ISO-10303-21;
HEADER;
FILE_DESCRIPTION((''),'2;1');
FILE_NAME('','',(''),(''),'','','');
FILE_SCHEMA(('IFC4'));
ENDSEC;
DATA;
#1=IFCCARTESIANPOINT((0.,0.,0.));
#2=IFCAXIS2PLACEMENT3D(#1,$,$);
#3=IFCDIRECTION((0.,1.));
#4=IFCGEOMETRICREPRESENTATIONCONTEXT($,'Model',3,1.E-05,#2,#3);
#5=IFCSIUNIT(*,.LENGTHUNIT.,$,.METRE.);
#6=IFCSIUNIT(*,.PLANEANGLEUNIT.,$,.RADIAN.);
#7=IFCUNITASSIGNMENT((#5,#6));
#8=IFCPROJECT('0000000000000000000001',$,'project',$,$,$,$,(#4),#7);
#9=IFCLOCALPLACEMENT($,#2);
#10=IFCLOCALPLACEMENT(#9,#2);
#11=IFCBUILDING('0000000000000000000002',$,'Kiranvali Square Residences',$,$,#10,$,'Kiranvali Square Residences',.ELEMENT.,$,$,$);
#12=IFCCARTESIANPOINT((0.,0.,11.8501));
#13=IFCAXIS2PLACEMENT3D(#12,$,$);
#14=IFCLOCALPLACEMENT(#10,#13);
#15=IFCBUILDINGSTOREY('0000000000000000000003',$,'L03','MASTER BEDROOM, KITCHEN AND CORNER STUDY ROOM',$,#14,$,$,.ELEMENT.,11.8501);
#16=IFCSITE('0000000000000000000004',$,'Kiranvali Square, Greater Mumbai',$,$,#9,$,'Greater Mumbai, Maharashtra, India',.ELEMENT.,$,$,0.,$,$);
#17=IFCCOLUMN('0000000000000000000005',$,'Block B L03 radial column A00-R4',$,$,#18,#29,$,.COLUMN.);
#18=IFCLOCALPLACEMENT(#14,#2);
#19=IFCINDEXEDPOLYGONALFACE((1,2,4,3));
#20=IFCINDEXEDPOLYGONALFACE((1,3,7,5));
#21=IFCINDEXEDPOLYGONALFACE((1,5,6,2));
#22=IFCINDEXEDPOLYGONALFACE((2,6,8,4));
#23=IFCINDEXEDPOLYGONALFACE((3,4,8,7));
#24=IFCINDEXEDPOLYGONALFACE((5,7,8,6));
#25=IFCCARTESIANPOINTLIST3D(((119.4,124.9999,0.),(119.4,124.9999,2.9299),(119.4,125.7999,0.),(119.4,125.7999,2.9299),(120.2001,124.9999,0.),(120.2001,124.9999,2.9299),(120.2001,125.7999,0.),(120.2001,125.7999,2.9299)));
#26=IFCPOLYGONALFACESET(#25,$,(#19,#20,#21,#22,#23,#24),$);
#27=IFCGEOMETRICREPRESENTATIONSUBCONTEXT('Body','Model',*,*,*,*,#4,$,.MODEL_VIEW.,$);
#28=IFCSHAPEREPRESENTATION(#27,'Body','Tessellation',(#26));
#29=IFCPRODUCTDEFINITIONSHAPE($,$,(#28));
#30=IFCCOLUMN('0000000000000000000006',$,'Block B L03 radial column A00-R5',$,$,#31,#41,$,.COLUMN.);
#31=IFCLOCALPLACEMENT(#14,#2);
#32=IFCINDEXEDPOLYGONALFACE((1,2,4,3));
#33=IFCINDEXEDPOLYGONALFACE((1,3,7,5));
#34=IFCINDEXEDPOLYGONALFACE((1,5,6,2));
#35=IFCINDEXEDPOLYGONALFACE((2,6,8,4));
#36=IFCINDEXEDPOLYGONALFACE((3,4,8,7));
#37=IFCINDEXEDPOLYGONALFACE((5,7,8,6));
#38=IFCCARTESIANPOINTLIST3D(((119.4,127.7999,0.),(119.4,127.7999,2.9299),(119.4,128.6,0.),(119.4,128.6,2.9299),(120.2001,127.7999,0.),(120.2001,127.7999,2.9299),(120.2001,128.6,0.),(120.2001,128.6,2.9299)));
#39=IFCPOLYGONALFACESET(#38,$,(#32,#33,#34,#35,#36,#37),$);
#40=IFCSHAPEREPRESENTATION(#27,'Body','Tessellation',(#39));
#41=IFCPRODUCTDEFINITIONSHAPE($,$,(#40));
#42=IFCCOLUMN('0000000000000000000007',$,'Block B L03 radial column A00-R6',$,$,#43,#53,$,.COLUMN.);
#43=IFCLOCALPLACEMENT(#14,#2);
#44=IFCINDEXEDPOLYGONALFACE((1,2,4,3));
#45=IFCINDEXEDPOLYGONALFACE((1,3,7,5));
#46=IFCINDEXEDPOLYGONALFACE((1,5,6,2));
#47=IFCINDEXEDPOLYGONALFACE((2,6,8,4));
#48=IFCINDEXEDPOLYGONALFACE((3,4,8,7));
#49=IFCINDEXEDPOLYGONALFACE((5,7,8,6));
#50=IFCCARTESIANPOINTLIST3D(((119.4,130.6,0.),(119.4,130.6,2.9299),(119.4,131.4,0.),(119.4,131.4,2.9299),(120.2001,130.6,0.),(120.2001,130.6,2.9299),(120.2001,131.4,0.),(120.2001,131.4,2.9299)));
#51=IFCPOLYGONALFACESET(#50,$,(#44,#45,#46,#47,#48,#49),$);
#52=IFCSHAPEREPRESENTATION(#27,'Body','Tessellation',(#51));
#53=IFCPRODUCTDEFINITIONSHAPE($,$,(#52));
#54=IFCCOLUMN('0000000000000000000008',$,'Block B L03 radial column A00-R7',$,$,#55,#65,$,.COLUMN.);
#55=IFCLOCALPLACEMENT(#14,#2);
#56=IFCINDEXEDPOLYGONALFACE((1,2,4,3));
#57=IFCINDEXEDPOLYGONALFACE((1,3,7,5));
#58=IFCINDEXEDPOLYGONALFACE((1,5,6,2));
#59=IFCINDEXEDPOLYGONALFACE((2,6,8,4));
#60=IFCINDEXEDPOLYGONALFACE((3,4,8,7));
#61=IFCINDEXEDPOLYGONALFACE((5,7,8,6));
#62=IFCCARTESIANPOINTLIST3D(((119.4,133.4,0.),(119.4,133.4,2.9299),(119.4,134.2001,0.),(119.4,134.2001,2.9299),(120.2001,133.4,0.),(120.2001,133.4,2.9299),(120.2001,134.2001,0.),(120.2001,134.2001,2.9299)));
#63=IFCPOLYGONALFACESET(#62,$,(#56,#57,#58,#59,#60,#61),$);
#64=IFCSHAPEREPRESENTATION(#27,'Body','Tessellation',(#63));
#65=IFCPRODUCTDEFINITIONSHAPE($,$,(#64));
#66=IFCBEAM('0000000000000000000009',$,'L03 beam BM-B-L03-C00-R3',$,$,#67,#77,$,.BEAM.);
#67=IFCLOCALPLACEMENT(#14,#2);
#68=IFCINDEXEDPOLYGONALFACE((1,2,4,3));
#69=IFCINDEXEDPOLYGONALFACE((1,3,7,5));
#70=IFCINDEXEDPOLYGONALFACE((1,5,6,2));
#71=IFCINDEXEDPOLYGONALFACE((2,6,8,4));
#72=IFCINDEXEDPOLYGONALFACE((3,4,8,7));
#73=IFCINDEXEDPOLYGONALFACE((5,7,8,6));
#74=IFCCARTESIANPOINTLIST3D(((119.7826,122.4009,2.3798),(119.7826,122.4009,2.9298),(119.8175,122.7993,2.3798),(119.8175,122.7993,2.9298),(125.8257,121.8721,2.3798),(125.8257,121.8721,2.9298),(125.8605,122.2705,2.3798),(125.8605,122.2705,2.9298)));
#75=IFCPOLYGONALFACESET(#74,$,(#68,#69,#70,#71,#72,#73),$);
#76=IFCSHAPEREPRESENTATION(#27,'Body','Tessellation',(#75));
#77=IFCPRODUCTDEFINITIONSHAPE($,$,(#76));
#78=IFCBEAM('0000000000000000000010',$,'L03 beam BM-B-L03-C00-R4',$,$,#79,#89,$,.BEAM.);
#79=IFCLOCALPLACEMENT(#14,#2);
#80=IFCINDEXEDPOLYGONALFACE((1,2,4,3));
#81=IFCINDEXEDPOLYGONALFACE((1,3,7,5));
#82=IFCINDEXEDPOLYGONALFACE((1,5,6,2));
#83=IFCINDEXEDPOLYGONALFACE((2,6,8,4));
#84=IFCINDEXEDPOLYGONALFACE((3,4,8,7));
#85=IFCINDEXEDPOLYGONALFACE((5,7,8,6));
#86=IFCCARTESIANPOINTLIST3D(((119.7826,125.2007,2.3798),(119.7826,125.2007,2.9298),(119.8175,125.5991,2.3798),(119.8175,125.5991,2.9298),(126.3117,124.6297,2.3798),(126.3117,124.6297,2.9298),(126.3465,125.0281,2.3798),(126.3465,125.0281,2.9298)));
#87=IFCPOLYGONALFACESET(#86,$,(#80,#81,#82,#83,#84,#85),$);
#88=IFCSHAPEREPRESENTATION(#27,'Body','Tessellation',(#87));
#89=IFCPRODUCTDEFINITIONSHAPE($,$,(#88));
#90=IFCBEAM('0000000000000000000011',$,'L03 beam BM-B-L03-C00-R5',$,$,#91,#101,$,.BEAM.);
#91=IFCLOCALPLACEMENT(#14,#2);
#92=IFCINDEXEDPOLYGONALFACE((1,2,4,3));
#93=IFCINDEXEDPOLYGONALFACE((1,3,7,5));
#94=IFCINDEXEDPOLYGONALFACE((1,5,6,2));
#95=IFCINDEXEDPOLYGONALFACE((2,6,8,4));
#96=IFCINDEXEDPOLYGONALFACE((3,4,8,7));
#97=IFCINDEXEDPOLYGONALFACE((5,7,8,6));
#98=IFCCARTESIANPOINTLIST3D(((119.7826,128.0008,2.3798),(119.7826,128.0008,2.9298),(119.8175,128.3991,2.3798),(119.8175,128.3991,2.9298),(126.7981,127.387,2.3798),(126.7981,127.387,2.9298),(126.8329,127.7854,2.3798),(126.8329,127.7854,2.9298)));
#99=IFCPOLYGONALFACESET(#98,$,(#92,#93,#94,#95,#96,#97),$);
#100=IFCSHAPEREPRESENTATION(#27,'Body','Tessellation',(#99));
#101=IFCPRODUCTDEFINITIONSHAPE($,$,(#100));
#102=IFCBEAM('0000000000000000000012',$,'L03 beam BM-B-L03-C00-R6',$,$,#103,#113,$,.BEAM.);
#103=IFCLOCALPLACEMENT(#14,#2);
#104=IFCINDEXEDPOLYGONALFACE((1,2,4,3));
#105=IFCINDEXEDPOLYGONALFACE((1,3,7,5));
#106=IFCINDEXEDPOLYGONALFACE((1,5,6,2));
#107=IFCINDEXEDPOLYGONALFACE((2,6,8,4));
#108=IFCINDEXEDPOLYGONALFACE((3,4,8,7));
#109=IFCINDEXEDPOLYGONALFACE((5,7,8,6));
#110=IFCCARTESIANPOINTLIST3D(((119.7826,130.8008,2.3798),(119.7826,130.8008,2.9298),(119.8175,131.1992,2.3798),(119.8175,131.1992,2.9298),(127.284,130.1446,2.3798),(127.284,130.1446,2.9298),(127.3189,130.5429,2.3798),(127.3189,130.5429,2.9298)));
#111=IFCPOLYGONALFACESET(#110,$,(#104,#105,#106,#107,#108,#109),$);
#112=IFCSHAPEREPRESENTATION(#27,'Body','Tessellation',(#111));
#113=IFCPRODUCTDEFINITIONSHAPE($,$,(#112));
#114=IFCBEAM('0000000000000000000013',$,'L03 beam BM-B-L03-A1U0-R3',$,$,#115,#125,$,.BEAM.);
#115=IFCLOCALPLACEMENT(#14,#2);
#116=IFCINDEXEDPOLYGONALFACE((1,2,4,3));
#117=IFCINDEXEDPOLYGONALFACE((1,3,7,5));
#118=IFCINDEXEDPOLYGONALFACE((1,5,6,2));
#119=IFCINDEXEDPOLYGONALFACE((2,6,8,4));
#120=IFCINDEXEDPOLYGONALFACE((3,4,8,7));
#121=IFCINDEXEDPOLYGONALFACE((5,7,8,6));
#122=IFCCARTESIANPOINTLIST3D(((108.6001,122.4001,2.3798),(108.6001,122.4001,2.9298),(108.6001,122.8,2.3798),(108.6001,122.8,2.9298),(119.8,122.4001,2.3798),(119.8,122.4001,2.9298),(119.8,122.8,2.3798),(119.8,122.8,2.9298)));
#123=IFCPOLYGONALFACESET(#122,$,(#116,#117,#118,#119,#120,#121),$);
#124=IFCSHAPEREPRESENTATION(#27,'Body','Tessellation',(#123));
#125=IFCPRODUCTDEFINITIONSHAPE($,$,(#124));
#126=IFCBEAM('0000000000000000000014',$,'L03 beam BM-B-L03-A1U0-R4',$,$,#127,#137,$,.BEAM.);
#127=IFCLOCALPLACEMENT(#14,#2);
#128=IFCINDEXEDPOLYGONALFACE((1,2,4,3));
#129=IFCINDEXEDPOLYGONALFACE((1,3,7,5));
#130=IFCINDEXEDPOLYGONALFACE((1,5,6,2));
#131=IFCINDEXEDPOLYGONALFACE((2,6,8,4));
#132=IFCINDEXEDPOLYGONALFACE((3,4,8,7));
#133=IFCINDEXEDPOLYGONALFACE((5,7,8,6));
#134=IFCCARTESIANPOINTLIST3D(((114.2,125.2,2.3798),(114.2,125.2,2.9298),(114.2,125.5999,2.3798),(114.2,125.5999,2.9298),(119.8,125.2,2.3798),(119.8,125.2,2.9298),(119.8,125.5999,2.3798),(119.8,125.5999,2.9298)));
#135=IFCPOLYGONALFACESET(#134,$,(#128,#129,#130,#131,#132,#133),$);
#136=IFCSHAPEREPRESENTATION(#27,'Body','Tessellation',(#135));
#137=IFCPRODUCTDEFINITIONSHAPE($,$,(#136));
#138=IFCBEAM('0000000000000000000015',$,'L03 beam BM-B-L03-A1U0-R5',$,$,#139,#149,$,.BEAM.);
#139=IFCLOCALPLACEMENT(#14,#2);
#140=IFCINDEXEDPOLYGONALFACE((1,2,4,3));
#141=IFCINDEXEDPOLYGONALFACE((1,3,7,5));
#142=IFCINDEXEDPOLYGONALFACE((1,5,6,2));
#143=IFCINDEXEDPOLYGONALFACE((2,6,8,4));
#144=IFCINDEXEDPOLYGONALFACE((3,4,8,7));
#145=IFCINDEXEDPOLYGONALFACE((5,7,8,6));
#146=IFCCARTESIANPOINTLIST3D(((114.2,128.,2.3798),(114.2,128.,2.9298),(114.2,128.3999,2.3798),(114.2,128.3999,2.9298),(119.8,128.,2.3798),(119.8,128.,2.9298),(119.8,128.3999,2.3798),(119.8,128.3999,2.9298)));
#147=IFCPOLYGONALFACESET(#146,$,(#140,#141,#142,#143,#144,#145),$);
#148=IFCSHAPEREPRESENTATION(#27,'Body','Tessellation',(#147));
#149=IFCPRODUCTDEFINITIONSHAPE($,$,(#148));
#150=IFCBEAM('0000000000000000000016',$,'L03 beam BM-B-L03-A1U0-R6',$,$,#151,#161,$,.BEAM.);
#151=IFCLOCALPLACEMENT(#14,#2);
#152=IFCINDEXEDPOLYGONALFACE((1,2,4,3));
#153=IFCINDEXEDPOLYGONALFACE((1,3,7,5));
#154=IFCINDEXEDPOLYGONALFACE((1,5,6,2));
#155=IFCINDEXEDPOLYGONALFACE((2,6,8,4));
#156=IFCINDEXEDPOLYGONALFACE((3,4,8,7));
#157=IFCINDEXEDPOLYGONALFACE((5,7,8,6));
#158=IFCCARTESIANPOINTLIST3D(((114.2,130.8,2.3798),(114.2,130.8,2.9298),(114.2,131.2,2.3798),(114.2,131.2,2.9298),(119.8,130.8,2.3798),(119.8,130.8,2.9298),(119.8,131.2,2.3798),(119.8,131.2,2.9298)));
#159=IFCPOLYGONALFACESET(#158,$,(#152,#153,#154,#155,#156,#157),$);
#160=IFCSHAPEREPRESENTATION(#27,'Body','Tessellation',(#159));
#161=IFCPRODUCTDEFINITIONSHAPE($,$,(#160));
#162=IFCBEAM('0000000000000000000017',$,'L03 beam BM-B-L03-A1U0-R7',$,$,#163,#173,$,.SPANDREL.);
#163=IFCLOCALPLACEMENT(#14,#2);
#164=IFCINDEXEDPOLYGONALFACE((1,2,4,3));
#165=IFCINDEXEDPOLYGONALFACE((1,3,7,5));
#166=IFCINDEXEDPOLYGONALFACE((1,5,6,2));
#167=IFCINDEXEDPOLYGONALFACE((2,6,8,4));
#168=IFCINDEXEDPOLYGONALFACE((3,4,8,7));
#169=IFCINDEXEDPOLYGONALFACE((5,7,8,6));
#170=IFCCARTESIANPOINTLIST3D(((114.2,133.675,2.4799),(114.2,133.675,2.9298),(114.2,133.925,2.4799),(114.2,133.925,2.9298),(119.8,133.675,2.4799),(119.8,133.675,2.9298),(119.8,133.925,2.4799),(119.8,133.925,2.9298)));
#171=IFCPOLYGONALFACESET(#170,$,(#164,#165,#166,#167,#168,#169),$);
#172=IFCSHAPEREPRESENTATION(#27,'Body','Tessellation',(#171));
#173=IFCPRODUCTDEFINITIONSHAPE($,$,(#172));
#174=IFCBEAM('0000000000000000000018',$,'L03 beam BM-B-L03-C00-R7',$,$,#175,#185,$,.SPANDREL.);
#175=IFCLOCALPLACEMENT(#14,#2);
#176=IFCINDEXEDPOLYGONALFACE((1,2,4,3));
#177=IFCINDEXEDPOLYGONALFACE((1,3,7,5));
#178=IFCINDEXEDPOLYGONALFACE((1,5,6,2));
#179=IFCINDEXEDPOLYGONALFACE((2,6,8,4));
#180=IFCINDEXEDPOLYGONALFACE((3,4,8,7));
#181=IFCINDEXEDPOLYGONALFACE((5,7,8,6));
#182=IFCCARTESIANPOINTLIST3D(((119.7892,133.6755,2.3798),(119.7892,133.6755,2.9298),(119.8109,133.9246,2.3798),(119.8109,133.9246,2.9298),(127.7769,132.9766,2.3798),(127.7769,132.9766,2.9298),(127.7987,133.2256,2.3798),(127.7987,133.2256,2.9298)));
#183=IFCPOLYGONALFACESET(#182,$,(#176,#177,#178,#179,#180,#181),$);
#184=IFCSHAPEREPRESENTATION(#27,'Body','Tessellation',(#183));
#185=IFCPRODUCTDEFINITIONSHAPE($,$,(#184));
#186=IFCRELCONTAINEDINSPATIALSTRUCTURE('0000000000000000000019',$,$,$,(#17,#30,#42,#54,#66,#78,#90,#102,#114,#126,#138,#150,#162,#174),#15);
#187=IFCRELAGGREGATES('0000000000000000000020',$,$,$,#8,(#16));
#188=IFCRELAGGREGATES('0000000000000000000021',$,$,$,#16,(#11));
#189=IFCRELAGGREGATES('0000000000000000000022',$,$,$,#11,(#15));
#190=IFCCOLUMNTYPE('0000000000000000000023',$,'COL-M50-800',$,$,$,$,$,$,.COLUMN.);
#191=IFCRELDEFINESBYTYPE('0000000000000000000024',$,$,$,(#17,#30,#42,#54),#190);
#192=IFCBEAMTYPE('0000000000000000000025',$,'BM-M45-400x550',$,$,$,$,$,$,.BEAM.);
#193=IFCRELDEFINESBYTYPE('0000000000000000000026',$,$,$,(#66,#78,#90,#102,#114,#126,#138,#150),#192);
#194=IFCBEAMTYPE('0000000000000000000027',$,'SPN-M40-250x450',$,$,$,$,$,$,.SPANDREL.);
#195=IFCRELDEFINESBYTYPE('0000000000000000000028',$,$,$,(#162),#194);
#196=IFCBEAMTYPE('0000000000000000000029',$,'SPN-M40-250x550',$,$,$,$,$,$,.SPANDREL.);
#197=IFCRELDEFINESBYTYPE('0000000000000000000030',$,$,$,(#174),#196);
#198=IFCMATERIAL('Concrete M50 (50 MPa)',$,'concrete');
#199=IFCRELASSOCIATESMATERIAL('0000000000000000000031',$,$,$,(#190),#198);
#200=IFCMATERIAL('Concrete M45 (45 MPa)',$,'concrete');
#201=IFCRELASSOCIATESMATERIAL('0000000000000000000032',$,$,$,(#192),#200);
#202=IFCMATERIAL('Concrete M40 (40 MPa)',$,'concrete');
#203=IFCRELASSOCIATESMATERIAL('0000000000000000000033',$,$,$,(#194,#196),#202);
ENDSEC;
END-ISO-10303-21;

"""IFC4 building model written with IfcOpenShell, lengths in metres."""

from ifc_helpers import new_model, si_unit, direction, frame, origin, origin_2d, place, context, subcontext, project, spatial, rectangle, extrude, material, material_profile, profile_set, type_object, element, save


model = new_model("IFC4")

# Units and contexts
model_context = context("Model", 3, precision=1e-05, world=origin(), true_north=direction((0.0, 1.0)))
body_context = subcontext(model_context, "Body", "Model", "MODEL_VIEW")
ifc_project = project(units=[si_unit("LENGTHUNIT", "METRE"), si_unit("PLANEANGLEUNIT", "RADIAN")], contexts=[model_context])

# Site, building, storey
site_placement = place(None, origin())
site = spatial("IfcSite", under=ifc_project, at=site_placement, Name="Kiranvali Square, Greater Mumbai", LongName="Greater Mumbai, Maharashtra, India", CompositionType="ELEMENT", RefElevation=0.0)
building_placement = place(site_placement, origin())
building = spatial("IfcBuilding", under=site, at=building_placement, Name="Kiranvali Square Residences", LongName="Kiranvali Square Residences", CompositionType="ELEMENT")
storey_placement = place(building_placement, frame((0.0, 0.0, 11.8501)))
storey = spatial("IfcBuildingStorey", under=building, at=storey_placement, Name="L03", Description="MASTER BEDROOM, KITCHEN AND CORNER STUDY ROOM", CompositionType="ELEMENT", Elevation=11.8501)

# Columns
ifc_material_1 = material(Name="Concrete M50 (50 MPa)", Category="concrete")
ifc_material_profile_1 = material_profile(ifc_material_1, rectangle(XDim=0.8, YDim=0.8, at=origin_2d()), Name="RC 800x800")
ifc_profile_set_1 = profile_set([ifc_material_profile_1], Name="Concrete M50 (50 MPa)")
column_type = type_object("IfcColumnType", Name="COL-M50-800", PredefinedType="COLUMN", material=ifc_profile_set_1)
for number, where, z_axis, x_axis, name in (
    (1, (119.8, 125.3999, 0.0), (0.0, 0.0, 1.0), (1.0, 0.0, 0.0), "Block B L03 radial column A00-R4"),
    (2, (119.8, 128.2, 0.0), (0.0, 0.0, 1.0), (1.0, 0.0, 0.0), "Block B L03 radial column A00-R5"),
    (3, (119.8, 131.0, 0.0), (0.0, 0.0, 1.0), (1.0, 0.0, 0.0), "Block B L03 radial column A00-R6"),
    (4, (119.8, 133.8, 0.0), (0.0, 0.0, 1.0), (1.0, 0.0, 0.0), "Block B L03 radial column A00-R7"),
):
    element("IfcColumn", number, at=place(storey_placement, frame(where, z_axis=z_axis, x_axis=x_axis)), inside=storey, type_object=column_type, Name=name, PredefinedType="COLUMN", context=body_context, shape_type="SweptSolid", body=[
        extrude(rectangle(XDim=0.8, YDim=0.8, at=origin_2d()), origin(), (0.0, 0.0, 1.0), 2.9299),
    ])

# Beams
ifc_material_2 = material(Name="Concrete M45 (45 MPa)", Category="concrete")
ifc_material_profile_2 = material_profile(ifc_material_2, rectangle(XDim=0.3999, YDim=0.55, at=origin_2d()), Name="RC 400x550")
ifc_profile_set_2 = profile_set([ifc_material_profile_2], Name="Concrete M45 (45 MPa)")
beam_type_1 = type_object("IfcBeamType", Name="BM-M45-400x550", PredefinedType="BEAM", material=ifc_profile_set_2)
beam_1_placement = place(storey_placement, frame((119.8, 122.6001, 2.6548), z_axis=(0.996193, -0.087175, 0.0), x_axis=(0.087175, 0.996193, 0.0)))
element("IfcBeam", 5, at=beam_1_placement, inside=storey, type_object=beam_type_1, Name="L03 beam BM-B-L03-C00-R3", PredefinedType="BEAM", context=body_context, shape_type="SweptSolid", body=[
    extrude(rectangle(XDim=0.3999, YDim=0.55, at=origin_2d()), origin(), (0.0, 0.0, 1.0), 6.0662),
])
beam_2_placement = place(storey_placement, frame((119.8, 125.3999, 2.6548), z_axis=(0.996197, -0.08713, 0.0), x_axis=(0.08713, 0.996197, 0.0)))
element("IfcBeam", 6, at=beam_2_placement, inside=storey, type_object=beam_type_1, Name="L03 beam BM-B-L03-C00-R4", PredefinedType="BEAM", context=body_context, shape_type="SweptSolid", body=[
    extrude(rectangle(XDim=0.3999, YDim=0.55, at=origin_2d()), origin(), (0.0, 0.0, 1.0), 6.554),
])
beam_3_placement = place(storey_placement, frame((119.8, 128.2, 2.6548), z_axis=(0.996195, -0.087156, 0.0), x_axis=(0.087156, 0.996195, 0.0)))
element("IfcBeam", 7, at=beam_3_placement, inside=storey, type_object=beam_type_1, Name="L03 beam BM-B-L03-C00-R5", PredefinedType="BEAM", context=body_context, shape_type="SweptSolid", body=[
    extrude(rectangle(XDim=0.3999, YDim=0.55, at=origin_2d()), origin(), (0.0, 0.0, 1.0), 7.0422),
])
beam_4_placement = place(storey_placement, frame((119.8, 131.0, 2.6548), z_axis=(0.996195, -0.08715, 0.0), x_axis=(0.08715, 0.996195, 0.0)))
element("IfcBeam", 8, at=beam_4_placement, inside=storey, type_object=beam_type_1, Name="L03 beam BM-B-L03-C00-R6", PredefinedType="BEAM", context=body_context, shape_type="SweptSolid", body=[
    extrude(rectangle(XDim=0.3999, YDim=0.55, at=origin_2d()), origin(), (0.0, 0.0, 1.0), 7.53),
])
beam_5_placement = place(storey_placement, frame((119.8, 122.6001, 2.6548), z_axis=(-1.0, 0.0, 0.0), x_axis=(0.0, -1.0, 0.0)))
element("IfcBeam", 9, at=beam_5_placement, inside=storey, type_object=beam_type_1, Name="L03 beam BM-B-L03-A1U0-R3", PredefinedType="BEAM", context=body_context, shape_type="SweptSolid", body=[
    extrude(rectangle(XDim=0.3999, YDim=0.55, at=origin_2d()), origin(), (0.0, 0.0, 1.0), 11.2),
])
for number, where, z_axis, x_axis, name in (
    (10, (119.8, 125.3999, 2.6548), (-1.0, 0.0, 0.0), (0.0, -1.0, 0.0), "L03 beam BM-B-L03-A1U0-R4"),
    (11, (119.8, 128.2, 2.6548), (-1.0, 0.0, 0.0), (0.0, -1.0, 0.0), "L03 beam BM-B-L03-A1U0-R5"),
    (12, (119.8, 131.0, 2.6548), (-1.0, 0.0, 0.0), (0.0, -1.0, 0.0), "L03 beam BM-B-L03-A1U0-R6"),
):
    element("IfcBeam", number, at=place(storey_placement, frame(where, z_axis=z_axis, x_axis=x_axis)), inside=storey, type_object=beam_type_1, Name=name, PredefinedType="BEAM", context=body_context, shape_type="SweptSolid", body=[
        extrude(rectangle(XDim=0.3999, YDim=0.55, at=origin_2d()), origin(), (0.0, 0.0, 1.0), 5.6001),
    ])
ifc_material_3 = material(Name="Concrete M40 (40 MPa)", Category="concrete")
ifc_material_profile_3 = material_profile(ifc_material_3, rectangle(XDim=0.25, YDim=0.45, at=origin_2d()), Name="RC 250x450")
ifc_profile_set_3 = profile_set([ifc_material_profile_3], Name="Concrete M40 (40 MPa)")
beam_type_2 = type_object("IfcBeamType", Name="SPN-M40-250x450", PredefinedType="SPANDREL", material=ifc_profile_set_3)
beam_6_placement = place(storey_placement, frame((119.8, 133.8, 2.7048), z_axis=(-1.0, 0.0, 0.0), x_axis=(0.0, -1.0, 0.0)))
element("IfcBeam", 13, at=beam_6_placement, inside=storey, type_object=beam_type_2, Name="L03 beam BM-B-L03-A1U0-R7", PredefinedType="SPANDREL", context=body_context, shape_type="SweptSolid", body=[
    extrude(rectangle(XDim=0.25, YDim=0.45, at=origin_2d()), origin(), (0.0, 0.0, 1.0), 5.6001),
])
ifc_material_profile_4 = material_profile(ifc_material_3, rectangle(XDim=0.25, YDim=0.55, at=origin_2d()), Name="RC 250x550")
ifc_profile_set_4 = profile_set([ifc_material_profile_4], Name="Concrete M40 (40 MPa)")
beam_type_3 = type_object("IfcBeamType", Name="SPN-M40-250x550", PredefinedType="SPANDREL", material=ifc_profile_set_4)
beam_7_placement = place(storey_placement, frame((119.8, 133.8, 2.6548), z_axis=(0.996193, -0.087172, 0.0), x_axis=(0.087172, 0.996193, 0.0)))
element("IfcBeam", 14, at=beam_7_placement, inside=storey, type_object=beam_type_3, Name="L03 beam BM-B-L03-C00-R7", PredefinedType="SPANDREL", context=body_context, shape_type="SweptSolid", body=[
    extrude(rectangle(XDim=0.25, YDim=0.55, at=origin_2d()), origin(), (0.0, 0.0, 1.0), 8.0183),
])

save(model, "model.ifc")
